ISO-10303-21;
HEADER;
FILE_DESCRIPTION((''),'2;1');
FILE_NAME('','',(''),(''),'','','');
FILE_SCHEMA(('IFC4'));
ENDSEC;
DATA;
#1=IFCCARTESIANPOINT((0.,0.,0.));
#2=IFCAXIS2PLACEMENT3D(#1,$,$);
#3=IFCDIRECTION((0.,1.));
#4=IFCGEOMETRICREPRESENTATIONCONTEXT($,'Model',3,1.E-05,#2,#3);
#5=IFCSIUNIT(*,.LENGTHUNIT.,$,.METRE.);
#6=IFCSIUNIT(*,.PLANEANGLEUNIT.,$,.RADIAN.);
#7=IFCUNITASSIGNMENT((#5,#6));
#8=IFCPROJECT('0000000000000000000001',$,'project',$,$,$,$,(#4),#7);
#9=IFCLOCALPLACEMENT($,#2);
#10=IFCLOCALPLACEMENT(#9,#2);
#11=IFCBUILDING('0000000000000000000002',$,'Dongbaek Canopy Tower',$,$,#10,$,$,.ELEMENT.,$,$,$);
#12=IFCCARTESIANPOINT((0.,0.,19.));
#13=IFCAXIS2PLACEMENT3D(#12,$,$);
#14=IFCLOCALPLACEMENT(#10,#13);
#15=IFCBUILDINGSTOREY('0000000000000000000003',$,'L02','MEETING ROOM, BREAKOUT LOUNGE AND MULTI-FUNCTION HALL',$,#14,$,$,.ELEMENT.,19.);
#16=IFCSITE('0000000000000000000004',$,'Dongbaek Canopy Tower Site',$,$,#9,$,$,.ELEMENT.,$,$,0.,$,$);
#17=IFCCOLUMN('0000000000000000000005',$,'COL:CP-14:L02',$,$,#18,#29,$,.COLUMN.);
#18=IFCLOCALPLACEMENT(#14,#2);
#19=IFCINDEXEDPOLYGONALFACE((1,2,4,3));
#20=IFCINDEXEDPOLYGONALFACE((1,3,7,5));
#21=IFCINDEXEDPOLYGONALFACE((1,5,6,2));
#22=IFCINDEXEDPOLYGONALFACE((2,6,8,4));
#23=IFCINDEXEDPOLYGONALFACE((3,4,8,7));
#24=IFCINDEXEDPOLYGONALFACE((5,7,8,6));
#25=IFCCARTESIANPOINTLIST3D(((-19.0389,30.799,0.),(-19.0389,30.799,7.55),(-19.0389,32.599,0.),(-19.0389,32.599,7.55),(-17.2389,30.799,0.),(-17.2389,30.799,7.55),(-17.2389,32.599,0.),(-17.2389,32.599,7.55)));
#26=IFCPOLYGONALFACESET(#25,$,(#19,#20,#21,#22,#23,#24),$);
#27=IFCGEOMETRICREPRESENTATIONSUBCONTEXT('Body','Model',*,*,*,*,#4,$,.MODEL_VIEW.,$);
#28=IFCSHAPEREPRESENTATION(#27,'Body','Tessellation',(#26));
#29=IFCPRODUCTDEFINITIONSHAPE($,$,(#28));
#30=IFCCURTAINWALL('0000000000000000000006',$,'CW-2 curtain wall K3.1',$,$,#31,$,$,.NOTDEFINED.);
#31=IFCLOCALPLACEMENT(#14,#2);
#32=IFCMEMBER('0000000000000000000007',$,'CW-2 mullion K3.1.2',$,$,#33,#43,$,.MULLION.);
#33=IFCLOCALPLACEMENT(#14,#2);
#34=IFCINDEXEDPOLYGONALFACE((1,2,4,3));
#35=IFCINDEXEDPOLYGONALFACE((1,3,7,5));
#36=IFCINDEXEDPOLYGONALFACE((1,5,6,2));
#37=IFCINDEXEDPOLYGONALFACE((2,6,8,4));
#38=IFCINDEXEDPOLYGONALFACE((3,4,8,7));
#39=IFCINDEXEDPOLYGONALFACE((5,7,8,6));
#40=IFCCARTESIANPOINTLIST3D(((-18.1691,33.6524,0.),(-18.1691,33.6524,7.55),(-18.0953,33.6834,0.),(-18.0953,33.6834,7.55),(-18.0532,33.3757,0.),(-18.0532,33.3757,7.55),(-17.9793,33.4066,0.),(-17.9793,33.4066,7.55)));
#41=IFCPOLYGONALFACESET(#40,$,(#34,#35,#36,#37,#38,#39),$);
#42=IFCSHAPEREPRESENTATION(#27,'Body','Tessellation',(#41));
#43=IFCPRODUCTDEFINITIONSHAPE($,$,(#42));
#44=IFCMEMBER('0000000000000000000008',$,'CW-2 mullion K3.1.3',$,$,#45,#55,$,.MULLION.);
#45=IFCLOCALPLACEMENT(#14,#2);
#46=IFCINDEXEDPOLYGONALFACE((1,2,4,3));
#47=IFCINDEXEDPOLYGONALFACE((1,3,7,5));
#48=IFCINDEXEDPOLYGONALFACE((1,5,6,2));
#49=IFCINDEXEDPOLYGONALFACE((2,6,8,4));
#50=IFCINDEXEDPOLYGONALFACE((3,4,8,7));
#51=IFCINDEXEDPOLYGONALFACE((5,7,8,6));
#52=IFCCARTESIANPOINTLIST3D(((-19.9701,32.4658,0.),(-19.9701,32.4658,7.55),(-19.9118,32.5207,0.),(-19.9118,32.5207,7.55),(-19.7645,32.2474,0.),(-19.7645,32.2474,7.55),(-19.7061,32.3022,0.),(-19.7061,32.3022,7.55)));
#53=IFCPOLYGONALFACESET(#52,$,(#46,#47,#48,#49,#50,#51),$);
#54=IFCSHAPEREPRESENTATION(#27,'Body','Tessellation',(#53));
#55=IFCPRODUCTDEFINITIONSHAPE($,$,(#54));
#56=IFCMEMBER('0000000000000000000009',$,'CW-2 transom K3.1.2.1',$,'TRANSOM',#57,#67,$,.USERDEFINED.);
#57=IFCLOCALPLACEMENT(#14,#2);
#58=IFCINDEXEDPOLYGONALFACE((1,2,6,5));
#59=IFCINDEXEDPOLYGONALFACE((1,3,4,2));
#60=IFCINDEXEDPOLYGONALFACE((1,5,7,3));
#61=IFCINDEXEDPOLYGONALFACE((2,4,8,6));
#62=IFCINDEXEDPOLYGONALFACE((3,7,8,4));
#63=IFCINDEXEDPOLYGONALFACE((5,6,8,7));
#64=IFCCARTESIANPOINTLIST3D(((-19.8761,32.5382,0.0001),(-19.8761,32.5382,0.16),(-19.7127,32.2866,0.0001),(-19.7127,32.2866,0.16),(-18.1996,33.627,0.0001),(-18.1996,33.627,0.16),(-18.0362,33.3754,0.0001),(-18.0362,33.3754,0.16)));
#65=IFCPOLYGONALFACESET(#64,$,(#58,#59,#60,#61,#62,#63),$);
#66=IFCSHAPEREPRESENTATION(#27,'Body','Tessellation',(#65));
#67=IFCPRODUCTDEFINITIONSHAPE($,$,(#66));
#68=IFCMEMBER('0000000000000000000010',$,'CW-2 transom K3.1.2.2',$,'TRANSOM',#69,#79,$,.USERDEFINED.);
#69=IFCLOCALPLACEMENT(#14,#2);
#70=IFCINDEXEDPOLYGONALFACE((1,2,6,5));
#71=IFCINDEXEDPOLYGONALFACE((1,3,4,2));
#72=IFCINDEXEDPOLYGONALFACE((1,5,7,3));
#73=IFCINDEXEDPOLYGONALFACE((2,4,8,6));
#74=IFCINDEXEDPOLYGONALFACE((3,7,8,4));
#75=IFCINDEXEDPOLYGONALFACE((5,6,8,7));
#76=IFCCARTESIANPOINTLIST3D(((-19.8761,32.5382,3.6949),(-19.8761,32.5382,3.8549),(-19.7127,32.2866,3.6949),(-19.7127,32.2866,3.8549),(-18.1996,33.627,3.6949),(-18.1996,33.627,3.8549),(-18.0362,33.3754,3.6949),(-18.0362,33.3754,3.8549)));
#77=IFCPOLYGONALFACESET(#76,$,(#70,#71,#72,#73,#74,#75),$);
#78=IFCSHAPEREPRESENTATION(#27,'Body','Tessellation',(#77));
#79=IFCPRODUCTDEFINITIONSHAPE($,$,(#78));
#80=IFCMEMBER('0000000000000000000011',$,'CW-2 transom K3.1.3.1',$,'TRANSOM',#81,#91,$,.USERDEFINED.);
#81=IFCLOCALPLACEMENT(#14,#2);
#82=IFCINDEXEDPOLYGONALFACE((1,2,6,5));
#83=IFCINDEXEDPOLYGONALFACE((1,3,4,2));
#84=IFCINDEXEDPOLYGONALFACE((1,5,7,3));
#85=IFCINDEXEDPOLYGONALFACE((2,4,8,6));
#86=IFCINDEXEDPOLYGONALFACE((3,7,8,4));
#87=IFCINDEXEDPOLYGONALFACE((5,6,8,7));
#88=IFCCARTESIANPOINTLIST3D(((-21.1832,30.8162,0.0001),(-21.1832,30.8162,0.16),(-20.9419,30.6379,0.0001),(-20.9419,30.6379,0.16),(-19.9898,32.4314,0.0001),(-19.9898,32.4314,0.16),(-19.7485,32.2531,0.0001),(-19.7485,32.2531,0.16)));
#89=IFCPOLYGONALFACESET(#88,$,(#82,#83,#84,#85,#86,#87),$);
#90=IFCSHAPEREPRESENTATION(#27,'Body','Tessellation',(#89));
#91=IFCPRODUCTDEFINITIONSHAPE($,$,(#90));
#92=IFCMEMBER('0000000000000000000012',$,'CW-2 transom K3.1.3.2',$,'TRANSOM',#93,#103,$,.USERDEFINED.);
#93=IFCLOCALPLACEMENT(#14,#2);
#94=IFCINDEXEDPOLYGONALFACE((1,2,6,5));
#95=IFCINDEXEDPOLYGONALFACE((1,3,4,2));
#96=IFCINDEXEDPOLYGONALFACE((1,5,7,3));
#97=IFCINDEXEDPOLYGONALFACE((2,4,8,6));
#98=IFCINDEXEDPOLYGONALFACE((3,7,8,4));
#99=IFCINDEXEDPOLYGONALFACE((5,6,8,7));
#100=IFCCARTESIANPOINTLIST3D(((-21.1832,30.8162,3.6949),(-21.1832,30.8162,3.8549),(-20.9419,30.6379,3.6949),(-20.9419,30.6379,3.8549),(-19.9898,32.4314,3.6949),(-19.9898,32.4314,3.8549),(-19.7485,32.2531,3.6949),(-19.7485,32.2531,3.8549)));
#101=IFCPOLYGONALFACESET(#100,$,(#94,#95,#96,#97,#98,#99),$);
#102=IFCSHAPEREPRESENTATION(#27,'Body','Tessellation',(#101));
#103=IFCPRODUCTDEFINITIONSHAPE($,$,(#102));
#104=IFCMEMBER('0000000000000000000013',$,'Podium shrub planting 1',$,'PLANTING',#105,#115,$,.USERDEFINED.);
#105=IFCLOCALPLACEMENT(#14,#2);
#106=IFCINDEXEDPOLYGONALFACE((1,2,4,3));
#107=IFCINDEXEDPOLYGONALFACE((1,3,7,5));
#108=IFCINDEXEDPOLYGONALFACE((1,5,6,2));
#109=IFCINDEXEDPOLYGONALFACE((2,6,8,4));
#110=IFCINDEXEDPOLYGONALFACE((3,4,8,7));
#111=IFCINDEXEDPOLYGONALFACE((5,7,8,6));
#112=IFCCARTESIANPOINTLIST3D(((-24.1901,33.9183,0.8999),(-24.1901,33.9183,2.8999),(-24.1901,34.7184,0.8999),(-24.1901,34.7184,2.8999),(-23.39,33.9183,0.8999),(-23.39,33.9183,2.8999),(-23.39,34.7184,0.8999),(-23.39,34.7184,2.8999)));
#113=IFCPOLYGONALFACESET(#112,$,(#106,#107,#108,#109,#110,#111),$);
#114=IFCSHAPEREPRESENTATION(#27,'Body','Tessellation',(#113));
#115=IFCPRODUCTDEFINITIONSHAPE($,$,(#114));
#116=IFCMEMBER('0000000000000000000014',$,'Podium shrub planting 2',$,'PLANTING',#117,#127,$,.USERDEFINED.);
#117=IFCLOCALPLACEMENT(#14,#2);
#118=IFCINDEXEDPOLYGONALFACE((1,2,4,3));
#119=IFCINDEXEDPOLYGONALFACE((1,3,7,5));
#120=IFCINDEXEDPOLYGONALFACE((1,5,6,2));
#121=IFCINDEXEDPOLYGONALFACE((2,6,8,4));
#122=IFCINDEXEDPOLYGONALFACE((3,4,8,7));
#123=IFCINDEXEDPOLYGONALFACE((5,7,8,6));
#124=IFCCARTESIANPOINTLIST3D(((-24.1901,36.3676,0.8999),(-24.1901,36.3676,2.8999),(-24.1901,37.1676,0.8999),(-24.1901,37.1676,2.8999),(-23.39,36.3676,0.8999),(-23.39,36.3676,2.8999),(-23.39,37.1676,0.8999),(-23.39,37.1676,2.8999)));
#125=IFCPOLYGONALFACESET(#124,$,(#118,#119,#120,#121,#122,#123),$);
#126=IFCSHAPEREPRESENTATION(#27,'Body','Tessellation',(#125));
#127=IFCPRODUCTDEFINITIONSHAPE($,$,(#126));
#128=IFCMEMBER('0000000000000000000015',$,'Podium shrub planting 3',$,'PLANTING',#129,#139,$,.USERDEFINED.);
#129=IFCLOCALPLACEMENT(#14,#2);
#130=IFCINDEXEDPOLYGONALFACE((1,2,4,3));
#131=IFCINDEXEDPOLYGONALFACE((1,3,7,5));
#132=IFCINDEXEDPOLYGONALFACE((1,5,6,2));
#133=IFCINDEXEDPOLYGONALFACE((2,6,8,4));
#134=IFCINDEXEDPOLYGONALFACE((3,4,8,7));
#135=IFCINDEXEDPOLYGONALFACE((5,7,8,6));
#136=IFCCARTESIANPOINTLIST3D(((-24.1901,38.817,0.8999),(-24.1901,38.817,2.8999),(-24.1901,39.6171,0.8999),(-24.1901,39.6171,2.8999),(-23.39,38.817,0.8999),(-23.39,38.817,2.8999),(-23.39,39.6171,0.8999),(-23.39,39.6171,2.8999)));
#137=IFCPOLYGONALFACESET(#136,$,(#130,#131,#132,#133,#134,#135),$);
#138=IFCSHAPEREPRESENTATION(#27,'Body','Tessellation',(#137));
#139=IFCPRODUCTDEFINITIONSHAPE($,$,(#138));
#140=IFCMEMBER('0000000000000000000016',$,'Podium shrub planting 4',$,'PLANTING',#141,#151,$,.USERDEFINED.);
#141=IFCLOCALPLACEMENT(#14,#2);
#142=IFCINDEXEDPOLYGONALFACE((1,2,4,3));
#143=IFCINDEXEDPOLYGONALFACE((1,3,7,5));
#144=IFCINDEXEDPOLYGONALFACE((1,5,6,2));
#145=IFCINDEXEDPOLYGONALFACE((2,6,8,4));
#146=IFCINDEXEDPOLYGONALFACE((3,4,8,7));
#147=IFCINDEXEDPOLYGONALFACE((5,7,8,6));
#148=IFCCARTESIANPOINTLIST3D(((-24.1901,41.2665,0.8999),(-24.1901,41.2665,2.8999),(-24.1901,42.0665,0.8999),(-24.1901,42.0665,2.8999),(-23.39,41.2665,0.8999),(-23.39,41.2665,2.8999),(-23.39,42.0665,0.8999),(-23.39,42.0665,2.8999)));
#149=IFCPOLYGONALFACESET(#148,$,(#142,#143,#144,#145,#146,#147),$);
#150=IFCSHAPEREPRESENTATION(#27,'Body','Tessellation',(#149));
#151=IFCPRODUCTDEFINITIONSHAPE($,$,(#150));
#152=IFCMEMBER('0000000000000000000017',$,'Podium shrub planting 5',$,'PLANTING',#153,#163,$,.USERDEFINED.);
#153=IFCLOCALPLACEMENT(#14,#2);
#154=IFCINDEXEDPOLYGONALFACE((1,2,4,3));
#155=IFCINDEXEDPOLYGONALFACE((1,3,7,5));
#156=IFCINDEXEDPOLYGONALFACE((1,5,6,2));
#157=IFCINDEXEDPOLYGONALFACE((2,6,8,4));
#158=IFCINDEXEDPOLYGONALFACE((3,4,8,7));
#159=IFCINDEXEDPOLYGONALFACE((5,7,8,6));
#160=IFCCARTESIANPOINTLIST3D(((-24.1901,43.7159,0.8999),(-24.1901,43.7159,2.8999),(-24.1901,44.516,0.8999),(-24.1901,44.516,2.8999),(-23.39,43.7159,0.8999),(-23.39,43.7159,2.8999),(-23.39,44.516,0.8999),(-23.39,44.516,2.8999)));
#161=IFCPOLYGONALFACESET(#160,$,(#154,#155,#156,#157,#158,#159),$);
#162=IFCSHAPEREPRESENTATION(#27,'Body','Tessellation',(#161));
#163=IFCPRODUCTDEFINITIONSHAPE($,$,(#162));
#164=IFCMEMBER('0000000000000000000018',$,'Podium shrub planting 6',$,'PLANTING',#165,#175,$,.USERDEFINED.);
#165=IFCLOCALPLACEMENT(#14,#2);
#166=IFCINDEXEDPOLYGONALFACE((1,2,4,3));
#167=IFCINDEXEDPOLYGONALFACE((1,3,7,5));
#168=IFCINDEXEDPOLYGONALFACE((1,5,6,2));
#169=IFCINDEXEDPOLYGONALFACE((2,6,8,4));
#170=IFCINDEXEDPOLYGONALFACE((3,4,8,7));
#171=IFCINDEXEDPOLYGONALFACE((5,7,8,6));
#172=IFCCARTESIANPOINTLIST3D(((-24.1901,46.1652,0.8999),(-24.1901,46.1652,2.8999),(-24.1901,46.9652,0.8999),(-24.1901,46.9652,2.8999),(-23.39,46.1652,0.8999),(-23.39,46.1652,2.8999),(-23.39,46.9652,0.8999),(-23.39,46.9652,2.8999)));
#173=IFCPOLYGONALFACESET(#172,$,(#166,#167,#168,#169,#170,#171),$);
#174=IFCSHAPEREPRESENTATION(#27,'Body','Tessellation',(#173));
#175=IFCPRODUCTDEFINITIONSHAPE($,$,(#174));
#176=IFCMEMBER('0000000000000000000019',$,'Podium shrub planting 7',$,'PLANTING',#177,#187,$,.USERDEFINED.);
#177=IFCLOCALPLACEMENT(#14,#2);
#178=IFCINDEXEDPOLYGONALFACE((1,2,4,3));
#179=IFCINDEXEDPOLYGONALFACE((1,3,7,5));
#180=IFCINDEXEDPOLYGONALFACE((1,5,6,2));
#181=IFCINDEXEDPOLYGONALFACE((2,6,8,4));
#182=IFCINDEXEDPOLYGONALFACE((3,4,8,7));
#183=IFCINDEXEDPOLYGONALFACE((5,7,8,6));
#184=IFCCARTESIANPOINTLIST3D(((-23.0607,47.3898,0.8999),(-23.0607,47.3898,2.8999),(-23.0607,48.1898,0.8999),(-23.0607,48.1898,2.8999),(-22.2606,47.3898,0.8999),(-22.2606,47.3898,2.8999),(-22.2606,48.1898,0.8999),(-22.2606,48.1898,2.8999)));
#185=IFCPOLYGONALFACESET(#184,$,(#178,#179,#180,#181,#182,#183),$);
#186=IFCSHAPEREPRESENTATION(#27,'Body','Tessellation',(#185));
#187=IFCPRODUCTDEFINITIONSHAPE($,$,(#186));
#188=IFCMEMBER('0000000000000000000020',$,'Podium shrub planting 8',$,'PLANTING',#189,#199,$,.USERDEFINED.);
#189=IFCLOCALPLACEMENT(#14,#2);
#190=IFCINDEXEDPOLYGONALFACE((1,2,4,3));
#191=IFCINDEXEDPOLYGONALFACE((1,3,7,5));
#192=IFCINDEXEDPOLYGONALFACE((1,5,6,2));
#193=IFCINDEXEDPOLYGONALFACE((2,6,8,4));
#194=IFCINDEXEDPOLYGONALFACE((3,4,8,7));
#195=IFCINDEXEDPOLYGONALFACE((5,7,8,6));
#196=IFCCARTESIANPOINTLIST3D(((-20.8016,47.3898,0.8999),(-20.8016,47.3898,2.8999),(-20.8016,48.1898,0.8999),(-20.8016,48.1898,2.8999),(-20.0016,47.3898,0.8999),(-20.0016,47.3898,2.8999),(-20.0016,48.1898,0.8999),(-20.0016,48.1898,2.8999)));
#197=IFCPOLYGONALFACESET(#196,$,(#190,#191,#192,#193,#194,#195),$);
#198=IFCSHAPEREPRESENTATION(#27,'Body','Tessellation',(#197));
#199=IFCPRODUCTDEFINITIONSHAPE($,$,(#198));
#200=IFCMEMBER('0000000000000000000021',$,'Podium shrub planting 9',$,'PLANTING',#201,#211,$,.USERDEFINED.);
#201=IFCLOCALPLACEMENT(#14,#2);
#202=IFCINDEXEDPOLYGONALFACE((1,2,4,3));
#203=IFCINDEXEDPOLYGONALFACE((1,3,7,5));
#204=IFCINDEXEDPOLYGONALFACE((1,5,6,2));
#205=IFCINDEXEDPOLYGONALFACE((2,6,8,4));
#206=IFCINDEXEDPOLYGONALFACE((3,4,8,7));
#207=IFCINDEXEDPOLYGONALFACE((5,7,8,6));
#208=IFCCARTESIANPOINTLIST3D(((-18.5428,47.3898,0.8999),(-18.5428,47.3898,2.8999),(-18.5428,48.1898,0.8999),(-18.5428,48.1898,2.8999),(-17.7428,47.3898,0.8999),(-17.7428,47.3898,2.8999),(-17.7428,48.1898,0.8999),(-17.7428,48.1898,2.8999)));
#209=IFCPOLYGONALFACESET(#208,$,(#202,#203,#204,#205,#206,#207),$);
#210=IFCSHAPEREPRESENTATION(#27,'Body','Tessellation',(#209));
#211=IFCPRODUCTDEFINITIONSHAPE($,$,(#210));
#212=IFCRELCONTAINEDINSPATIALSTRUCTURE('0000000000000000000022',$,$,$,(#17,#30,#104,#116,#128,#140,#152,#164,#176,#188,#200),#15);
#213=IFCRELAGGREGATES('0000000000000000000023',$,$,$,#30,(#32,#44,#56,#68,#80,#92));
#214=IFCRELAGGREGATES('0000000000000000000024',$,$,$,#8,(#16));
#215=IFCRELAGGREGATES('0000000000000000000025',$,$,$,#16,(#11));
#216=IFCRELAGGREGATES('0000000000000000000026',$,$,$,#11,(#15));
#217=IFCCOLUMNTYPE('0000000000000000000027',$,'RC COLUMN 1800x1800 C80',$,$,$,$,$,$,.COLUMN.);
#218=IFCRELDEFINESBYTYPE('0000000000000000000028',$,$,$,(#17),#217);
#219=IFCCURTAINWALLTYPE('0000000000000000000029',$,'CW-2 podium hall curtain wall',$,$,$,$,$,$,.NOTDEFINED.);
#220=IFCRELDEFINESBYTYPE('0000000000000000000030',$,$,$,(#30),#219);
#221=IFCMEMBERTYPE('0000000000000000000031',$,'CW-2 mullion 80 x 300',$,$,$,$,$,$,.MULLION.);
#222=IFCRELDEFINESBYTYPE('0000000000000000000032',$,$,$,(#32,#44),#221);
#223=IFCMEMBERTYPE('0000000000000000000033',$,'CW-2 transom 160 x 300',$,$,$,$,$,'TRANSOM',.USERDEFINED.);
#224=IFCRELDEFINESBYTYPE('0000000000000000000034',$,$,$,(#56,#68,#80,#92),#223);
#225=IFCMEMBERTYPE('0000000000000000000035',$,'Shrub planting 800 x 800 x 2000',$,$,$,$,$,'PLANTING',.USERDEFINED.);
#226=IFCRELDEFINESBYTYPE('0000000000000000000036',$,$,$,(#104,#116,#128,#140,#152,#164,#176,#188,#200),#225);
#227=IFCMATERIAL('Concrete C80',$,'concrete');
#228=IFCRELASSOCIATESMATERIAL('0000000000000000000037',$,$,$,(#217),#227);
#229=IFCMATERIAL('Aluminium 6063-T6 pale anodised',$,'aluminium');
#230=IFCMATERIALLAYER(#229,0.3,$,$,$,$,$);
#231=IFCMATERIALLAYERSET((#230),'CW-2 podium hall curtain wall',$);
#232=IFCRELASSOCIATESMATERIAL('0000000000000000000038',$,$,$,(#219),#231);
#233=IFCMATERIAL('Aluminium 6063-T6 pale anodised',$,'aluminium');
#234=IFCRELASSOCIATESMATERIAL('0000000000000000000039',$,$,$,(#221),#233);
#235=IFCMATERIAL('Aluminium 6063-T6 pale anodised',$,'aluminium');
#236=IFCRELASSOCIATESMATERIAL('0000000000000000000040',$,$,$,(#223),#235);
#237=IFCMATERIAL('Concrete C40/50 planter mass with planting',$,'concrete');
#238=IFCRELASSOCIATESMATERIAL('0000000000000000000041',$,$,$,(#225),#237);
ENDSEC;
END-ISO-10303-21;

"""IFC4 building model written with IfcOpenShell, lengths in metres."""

from ifc_helpers import new_model, si_unit, direction, frame, origin, origin_2d, place, context, subcontext, project, spatial, rectangle, extrude, material, layer, layer_set, material_profile, profile_set, type_object, element, aggregate, save


model = new_model("IFC4")

# Units and contexts
model_context = context("Model", 3, precision=1e-05, world=origin(), true_north=direction((0.0, 1.0)))
body_context = subcontext(model_context, "Body", "Model", "MODEL_VIEW")
ifc_project = project(units=[si_unit("LENGTHUNIT", "METRE"), si_unit("PLANEANGLEUNIT", "RADIAN")], contexts=[model_context])

# Site, building, storey
site_placement = place(None, origin())
site = spatial("IfcSite", under=ifc_project, at=site_placement, Name="Dongbaek Canopy Tower Site", CompositionType="ELEMENT", RefElevation=0.0)
building_placement = place(site_placement, origin())
building = spatial("IfcBuilding", under=site, at=building_placement, Name="Dongbaek Canopy Tower", CompositionType="ELEMENT")
storey_placement = place(building_placement, frame((0.0, 0.0, 19.0)))
storey = spatial("IfcBuildingStorey", under=building, at=storey_placement, Name="L02", Description="MEETING ROOM, BREAKOUT LOUNGE AND MULTI-FUNCTION HALL", CompositionType="ELEMENT", Elevation=19.0)

# Column
ifc_material_1 = material(Name="Concrete C80", Category="concrete")
ifc_material_profile_1 = material_profile(ifc_material_1, rectangle(XDim=1.8, YDim=1.8, at=origin_2d()), Name="RC COLUMN 1800x1800 C80")
ifc_profile_set_1 = profile_set([ifc_material_profile_1], Name="Concrete C80")
column_type = type_object("IfcColumnType", Name="RC COLUMN 1800x1800 C80", PredefinedType="COLUMN", material=ifc_profile_set_1)
column_placement = place(storey_placement, frame((-18.1389, 31.699, 0.0), z_axis=(0.0, 0.0, 1.0), x_axis=(1.0, 0.0, 0.0)))
element("IfcColumn", 1, at=column_placement, inside=storey, type_object=column_type, Name="COL:CP-14:L02", PredefinedType="COLUMN", context=body_context, shape_type="SweptSolid", body=[
    extrude(rectangle(XDim=1.8, YDim=1.8, at=origin_2d()), origin(), (0.0, 0.0, 1.0), 7.55),
])

# Curtain wall, members
ifc_material_2 = material(Name="Aluminium 6063-T6 pale anodised", Category="aluminium")
ifc_layer_1 = layer(ifc_material_2, 0.3)
ifc_layer_set_1 = layer_set([ifc_layer_1], Name="CW-2 podium hall curtain wall")
curtain_wall_type = type_object("IfcCurtainWallType", Name="CW-2 podium hall curtain wall", PredefinedType="NOTDEFINED", material=ifc_layer_set_1)
curtain_wall_placement = place(storey_placement, origin())
curtain_wall = element("IfcCurtainWall", 2, at=curtain_wall_placement, inside=storey, type_object=curtain_wall_type, Name="CW-2 curtain wall K3.1", PredefinedType="NOTDEFINED")
ifc_material_3 = material(Name="Aluminium 6063-T6 pale anodised", Category="aluminium")
ifc_material_profile_2 = material_profile(ifc_material_3, rectangle(XDim=0.3, YDim=0.0801, at=origin_2d()), Name="CW-2 mullion 80 x 300")
ifc_profile_set_2 = profile_set([ifc_material_profile_2], Name="Aluminium 6063-T6 pale anodised")
member_type_1 = type_object("IfcMemberType", Name="CW-2 mullion 80 x 300", PredefinedType="MULLION", material=ifc_profile_set_2)
member_1_placement = place(storey_placement, frame((-18.0742, 33.5295, 0.0), z_axis=(0.0, 0.0, 1.0), x_axis=(-0.386403, 0.92233, 0.0)))
member_1 = element("IfcMember", 3, at=member_1_placement, type_object=member_type_1, Name="CW-2 mullion K3.1.2", PredefinedType="MULLION", context=body_context, shape_type="SweptSolid", body=[
    extrude(rectangle(XDim=0.3, YDim=0.0801, at=origin_2d()), origin(), (0.0, 0.0, 1.0), 7.55),
])
member_2_placement = place(storey_placement, frame((-19.8381, 32.384, 0.0), z_axis=(0.0, 0.0, 1.0), x_axis=(-0.685446, 0.728124, 0.0)))
member_2 = element("IfcMember", 4, at=member_2_placement, type_object=member_type_1, Name="CW-2 mullion K3.1.3", PredefinedType="MULLION", context=body_context, shape_type="SweptSolid", body=[
    extrude(rectangle(XDim=0.3, YDim=0.0801, at=origin_2d()), origin(), (0.0, 0.0, 1.0), 7.55),
])
ifc_material_4 = material(Name="Aluminium 6063-T6 pale anodised", Category="aluminium")
ifc_material_profile_3 = material_profile(ifc_material_4, rectangle(XDim=0.3, YDim=0.1599, at=origin_2d()), Name="CW-2 transom 160 x 300")
ifc_profile_set_3 = profile_set([ifc_material_profile_3], Name="Aluminium 6063-T6 pale anodised")
member_type_2 = type_object("IfcMemberType", Name="CW-2 transom 160 x 300", ElementType="TRANSOM", PredefinedType="USERDEFINED", material=ifc_profile_set_3)
member_3_placement = place(storey_placement, frame((-18.1179, 33.5012, 0.0801), z_axis=(-0.838642, -0.544684, 0.0), x_axis=(0.544684, -0.838642, 0.0)))
member_3 = element("IfcMember", 5, at=member_3_placement, type_object=member_type_2, Name="CW-2 transom K3.1.2.1", ObjectType="TRANSOM", PredefinedType="USERDEFINED", context=body_context, shape_type="SweptSolid", body=[
    extrude(rectangle(XDim=0.3, YDim=0.1599, at=origin_2d()), origin(), (0.0, 0.0, 1.0), 1.999),
])
member_4_placement = place(storey_placement, frame((-18.1179, 33.5012, 3.7749), z_axis=(-0.838642, -0.544684, 0.0), x_axis=(0.544684, -0.838642, 0.0)))
member_4 = element("IfcMember", 6, at=member_4_placement, type_object=member_type_2, Name="CW-2 transom K3.1.2.2", ObjectType="TRANSOM", PredefinedType="USERDEFINED", context=body_context, shape_type="SweptSolid", body=[
    extrude(rectangle(XDim=0.3, YDim=0.1599, at=origin_2d()), origin(), (0.0, 0.0, 1.0), 1.999),
])
member_5_placement = place(storey_placement, frame((-19.8691, 32.3423, 0.0801), z_axis=(-0.594227, -0.804297, 0.0), x_axis=(0.804297, -0.594227, 0.0)))
member_5 = element("IfcMember", 7, at=member_5_placement, type_object=member_type_2, Name="CW-2 transom K3.1.3.1", ObjectType="TRANSOM", PredefinedType="USERDEFINED", context=body_context, shape_type="SweptSolid", body=[
    extrude(rectangle(XDim=0.3, YDim=0.1599, at=origin_2d()), origin(), (0.0, 0.0, 1.0), 2.0083),
])
member_6_placement = place(storey_placement, frame((-19.8691, 32.3423, 3.7749), z_axis=(-0.594227, -0.804297, 0.0), x_axis=(0.804297, -0.594227, 0.0)))
member_6 = element("IfcMember", 8, at=member_6_placement, type_object=member_type_2, Name="CW-2 transom K3.1.3.2", ObjectType="TRANSOM", PredefinedType="USERDEFINED", context=body_context, shape_type="SweptSolid", body=[
    extrude(rectangle(XDim=0.3, YDim=0.1599, at=origin_2d()), origin(), (0.0, 0.0, 1.0), 2.0083),
])

# Members
ifc_material_5 = material(Name="Concrete C40/50 planter mass with planting", Category="concrete")
ifc_material_profile_4 = material_profile(ifc_material_5, rectangle(XDim=0.8, YDim=0.8, at=origin_2d()), Name="Shrub planting 800 x 800 x 2000")
ifc_profile_set_4 = profile_set([ifc_material_profile_4], Name="Concrete C40/50 planter mass with planting")
member_type_3 = type_object("IfcMemberType", Name="Shrub planting 800 x 800 x 2000", ElementType="PLANTING", PredefinedType="USERDEFINED", material=ifc_profile_set_4)
for number, where, z_axis, x_axis, name in (
    (9, (-23.79, 34.3184, 0.8999), (0.0, 0.0, 1.0), (1.0, 0.0, 0.0), "Podium shrub planting 1"),
    (10, (-23.79, 36.7676, 0.8999), (0.0, 0.0, 1.0), (1.0, 0.0, 0.0), "Podium shrub planting 2"),
    (11, (-23.79, 39.217, 0.8999), (0.0, 0.0, 1.0), (1.0, 0.0, 0.0), "Podium shrub planting 3"),
    (12, (-23.79, 41.6665, 0.8999), (0.0, 0.0, 1.0), (1.0, 0.0, 0.0), "Podium shrub planting 4"),
    (13, (-23.79, 44.116, 0.8999), (0.0, 0.0, 1.0), (1.0, 0.0, 0.0), "Podium shrub planting 5"),
    (14, (-23.79, 46.5652, 0.8999), (0.0, 0.0, 1.0), (1.0, 0.0, 0.0), "Podium shrub planting 6"),
    (15, (-22.6606, 47.7898, 0.8999), (0.0, 0.0, 1.0), (1.0, 0.0, 0.0), "Podium shrub planting 7"),
    (16, (-20.4016, 47.7898, 0.8999), (0.0, 0.0, 1.0), (1.0, 0.0, 0.0), "Podium shrub planting 8"),
    (17, (-18.1428, 47.7898, 0.8999), (0.0, 0.0, 1.0), (1.0, 0.0, 0.0), "Podium shrub planting 9"),
):
    element("IfcMember", number, at=place(storey_placement, frame(where, z_axis=z_axis, x_axis=x_axis)), inside=storey, type_object=member_type_3, Name=name, ObjectType="PLANTING", PredefinedType="USERDEFINED", context=body_context, shape_type="SweptSolid", body=[
        extrude(rectangle(XDim=0.8, YDim=0.8, at=origin_2d()), origin(), (0.0, 0.0, 1.0), 2.0),
    ])

aggregate(curtain_wall, [member_1, member_2, member_3, member_4, member_5, member_6])

save(model, "model.ifc")
